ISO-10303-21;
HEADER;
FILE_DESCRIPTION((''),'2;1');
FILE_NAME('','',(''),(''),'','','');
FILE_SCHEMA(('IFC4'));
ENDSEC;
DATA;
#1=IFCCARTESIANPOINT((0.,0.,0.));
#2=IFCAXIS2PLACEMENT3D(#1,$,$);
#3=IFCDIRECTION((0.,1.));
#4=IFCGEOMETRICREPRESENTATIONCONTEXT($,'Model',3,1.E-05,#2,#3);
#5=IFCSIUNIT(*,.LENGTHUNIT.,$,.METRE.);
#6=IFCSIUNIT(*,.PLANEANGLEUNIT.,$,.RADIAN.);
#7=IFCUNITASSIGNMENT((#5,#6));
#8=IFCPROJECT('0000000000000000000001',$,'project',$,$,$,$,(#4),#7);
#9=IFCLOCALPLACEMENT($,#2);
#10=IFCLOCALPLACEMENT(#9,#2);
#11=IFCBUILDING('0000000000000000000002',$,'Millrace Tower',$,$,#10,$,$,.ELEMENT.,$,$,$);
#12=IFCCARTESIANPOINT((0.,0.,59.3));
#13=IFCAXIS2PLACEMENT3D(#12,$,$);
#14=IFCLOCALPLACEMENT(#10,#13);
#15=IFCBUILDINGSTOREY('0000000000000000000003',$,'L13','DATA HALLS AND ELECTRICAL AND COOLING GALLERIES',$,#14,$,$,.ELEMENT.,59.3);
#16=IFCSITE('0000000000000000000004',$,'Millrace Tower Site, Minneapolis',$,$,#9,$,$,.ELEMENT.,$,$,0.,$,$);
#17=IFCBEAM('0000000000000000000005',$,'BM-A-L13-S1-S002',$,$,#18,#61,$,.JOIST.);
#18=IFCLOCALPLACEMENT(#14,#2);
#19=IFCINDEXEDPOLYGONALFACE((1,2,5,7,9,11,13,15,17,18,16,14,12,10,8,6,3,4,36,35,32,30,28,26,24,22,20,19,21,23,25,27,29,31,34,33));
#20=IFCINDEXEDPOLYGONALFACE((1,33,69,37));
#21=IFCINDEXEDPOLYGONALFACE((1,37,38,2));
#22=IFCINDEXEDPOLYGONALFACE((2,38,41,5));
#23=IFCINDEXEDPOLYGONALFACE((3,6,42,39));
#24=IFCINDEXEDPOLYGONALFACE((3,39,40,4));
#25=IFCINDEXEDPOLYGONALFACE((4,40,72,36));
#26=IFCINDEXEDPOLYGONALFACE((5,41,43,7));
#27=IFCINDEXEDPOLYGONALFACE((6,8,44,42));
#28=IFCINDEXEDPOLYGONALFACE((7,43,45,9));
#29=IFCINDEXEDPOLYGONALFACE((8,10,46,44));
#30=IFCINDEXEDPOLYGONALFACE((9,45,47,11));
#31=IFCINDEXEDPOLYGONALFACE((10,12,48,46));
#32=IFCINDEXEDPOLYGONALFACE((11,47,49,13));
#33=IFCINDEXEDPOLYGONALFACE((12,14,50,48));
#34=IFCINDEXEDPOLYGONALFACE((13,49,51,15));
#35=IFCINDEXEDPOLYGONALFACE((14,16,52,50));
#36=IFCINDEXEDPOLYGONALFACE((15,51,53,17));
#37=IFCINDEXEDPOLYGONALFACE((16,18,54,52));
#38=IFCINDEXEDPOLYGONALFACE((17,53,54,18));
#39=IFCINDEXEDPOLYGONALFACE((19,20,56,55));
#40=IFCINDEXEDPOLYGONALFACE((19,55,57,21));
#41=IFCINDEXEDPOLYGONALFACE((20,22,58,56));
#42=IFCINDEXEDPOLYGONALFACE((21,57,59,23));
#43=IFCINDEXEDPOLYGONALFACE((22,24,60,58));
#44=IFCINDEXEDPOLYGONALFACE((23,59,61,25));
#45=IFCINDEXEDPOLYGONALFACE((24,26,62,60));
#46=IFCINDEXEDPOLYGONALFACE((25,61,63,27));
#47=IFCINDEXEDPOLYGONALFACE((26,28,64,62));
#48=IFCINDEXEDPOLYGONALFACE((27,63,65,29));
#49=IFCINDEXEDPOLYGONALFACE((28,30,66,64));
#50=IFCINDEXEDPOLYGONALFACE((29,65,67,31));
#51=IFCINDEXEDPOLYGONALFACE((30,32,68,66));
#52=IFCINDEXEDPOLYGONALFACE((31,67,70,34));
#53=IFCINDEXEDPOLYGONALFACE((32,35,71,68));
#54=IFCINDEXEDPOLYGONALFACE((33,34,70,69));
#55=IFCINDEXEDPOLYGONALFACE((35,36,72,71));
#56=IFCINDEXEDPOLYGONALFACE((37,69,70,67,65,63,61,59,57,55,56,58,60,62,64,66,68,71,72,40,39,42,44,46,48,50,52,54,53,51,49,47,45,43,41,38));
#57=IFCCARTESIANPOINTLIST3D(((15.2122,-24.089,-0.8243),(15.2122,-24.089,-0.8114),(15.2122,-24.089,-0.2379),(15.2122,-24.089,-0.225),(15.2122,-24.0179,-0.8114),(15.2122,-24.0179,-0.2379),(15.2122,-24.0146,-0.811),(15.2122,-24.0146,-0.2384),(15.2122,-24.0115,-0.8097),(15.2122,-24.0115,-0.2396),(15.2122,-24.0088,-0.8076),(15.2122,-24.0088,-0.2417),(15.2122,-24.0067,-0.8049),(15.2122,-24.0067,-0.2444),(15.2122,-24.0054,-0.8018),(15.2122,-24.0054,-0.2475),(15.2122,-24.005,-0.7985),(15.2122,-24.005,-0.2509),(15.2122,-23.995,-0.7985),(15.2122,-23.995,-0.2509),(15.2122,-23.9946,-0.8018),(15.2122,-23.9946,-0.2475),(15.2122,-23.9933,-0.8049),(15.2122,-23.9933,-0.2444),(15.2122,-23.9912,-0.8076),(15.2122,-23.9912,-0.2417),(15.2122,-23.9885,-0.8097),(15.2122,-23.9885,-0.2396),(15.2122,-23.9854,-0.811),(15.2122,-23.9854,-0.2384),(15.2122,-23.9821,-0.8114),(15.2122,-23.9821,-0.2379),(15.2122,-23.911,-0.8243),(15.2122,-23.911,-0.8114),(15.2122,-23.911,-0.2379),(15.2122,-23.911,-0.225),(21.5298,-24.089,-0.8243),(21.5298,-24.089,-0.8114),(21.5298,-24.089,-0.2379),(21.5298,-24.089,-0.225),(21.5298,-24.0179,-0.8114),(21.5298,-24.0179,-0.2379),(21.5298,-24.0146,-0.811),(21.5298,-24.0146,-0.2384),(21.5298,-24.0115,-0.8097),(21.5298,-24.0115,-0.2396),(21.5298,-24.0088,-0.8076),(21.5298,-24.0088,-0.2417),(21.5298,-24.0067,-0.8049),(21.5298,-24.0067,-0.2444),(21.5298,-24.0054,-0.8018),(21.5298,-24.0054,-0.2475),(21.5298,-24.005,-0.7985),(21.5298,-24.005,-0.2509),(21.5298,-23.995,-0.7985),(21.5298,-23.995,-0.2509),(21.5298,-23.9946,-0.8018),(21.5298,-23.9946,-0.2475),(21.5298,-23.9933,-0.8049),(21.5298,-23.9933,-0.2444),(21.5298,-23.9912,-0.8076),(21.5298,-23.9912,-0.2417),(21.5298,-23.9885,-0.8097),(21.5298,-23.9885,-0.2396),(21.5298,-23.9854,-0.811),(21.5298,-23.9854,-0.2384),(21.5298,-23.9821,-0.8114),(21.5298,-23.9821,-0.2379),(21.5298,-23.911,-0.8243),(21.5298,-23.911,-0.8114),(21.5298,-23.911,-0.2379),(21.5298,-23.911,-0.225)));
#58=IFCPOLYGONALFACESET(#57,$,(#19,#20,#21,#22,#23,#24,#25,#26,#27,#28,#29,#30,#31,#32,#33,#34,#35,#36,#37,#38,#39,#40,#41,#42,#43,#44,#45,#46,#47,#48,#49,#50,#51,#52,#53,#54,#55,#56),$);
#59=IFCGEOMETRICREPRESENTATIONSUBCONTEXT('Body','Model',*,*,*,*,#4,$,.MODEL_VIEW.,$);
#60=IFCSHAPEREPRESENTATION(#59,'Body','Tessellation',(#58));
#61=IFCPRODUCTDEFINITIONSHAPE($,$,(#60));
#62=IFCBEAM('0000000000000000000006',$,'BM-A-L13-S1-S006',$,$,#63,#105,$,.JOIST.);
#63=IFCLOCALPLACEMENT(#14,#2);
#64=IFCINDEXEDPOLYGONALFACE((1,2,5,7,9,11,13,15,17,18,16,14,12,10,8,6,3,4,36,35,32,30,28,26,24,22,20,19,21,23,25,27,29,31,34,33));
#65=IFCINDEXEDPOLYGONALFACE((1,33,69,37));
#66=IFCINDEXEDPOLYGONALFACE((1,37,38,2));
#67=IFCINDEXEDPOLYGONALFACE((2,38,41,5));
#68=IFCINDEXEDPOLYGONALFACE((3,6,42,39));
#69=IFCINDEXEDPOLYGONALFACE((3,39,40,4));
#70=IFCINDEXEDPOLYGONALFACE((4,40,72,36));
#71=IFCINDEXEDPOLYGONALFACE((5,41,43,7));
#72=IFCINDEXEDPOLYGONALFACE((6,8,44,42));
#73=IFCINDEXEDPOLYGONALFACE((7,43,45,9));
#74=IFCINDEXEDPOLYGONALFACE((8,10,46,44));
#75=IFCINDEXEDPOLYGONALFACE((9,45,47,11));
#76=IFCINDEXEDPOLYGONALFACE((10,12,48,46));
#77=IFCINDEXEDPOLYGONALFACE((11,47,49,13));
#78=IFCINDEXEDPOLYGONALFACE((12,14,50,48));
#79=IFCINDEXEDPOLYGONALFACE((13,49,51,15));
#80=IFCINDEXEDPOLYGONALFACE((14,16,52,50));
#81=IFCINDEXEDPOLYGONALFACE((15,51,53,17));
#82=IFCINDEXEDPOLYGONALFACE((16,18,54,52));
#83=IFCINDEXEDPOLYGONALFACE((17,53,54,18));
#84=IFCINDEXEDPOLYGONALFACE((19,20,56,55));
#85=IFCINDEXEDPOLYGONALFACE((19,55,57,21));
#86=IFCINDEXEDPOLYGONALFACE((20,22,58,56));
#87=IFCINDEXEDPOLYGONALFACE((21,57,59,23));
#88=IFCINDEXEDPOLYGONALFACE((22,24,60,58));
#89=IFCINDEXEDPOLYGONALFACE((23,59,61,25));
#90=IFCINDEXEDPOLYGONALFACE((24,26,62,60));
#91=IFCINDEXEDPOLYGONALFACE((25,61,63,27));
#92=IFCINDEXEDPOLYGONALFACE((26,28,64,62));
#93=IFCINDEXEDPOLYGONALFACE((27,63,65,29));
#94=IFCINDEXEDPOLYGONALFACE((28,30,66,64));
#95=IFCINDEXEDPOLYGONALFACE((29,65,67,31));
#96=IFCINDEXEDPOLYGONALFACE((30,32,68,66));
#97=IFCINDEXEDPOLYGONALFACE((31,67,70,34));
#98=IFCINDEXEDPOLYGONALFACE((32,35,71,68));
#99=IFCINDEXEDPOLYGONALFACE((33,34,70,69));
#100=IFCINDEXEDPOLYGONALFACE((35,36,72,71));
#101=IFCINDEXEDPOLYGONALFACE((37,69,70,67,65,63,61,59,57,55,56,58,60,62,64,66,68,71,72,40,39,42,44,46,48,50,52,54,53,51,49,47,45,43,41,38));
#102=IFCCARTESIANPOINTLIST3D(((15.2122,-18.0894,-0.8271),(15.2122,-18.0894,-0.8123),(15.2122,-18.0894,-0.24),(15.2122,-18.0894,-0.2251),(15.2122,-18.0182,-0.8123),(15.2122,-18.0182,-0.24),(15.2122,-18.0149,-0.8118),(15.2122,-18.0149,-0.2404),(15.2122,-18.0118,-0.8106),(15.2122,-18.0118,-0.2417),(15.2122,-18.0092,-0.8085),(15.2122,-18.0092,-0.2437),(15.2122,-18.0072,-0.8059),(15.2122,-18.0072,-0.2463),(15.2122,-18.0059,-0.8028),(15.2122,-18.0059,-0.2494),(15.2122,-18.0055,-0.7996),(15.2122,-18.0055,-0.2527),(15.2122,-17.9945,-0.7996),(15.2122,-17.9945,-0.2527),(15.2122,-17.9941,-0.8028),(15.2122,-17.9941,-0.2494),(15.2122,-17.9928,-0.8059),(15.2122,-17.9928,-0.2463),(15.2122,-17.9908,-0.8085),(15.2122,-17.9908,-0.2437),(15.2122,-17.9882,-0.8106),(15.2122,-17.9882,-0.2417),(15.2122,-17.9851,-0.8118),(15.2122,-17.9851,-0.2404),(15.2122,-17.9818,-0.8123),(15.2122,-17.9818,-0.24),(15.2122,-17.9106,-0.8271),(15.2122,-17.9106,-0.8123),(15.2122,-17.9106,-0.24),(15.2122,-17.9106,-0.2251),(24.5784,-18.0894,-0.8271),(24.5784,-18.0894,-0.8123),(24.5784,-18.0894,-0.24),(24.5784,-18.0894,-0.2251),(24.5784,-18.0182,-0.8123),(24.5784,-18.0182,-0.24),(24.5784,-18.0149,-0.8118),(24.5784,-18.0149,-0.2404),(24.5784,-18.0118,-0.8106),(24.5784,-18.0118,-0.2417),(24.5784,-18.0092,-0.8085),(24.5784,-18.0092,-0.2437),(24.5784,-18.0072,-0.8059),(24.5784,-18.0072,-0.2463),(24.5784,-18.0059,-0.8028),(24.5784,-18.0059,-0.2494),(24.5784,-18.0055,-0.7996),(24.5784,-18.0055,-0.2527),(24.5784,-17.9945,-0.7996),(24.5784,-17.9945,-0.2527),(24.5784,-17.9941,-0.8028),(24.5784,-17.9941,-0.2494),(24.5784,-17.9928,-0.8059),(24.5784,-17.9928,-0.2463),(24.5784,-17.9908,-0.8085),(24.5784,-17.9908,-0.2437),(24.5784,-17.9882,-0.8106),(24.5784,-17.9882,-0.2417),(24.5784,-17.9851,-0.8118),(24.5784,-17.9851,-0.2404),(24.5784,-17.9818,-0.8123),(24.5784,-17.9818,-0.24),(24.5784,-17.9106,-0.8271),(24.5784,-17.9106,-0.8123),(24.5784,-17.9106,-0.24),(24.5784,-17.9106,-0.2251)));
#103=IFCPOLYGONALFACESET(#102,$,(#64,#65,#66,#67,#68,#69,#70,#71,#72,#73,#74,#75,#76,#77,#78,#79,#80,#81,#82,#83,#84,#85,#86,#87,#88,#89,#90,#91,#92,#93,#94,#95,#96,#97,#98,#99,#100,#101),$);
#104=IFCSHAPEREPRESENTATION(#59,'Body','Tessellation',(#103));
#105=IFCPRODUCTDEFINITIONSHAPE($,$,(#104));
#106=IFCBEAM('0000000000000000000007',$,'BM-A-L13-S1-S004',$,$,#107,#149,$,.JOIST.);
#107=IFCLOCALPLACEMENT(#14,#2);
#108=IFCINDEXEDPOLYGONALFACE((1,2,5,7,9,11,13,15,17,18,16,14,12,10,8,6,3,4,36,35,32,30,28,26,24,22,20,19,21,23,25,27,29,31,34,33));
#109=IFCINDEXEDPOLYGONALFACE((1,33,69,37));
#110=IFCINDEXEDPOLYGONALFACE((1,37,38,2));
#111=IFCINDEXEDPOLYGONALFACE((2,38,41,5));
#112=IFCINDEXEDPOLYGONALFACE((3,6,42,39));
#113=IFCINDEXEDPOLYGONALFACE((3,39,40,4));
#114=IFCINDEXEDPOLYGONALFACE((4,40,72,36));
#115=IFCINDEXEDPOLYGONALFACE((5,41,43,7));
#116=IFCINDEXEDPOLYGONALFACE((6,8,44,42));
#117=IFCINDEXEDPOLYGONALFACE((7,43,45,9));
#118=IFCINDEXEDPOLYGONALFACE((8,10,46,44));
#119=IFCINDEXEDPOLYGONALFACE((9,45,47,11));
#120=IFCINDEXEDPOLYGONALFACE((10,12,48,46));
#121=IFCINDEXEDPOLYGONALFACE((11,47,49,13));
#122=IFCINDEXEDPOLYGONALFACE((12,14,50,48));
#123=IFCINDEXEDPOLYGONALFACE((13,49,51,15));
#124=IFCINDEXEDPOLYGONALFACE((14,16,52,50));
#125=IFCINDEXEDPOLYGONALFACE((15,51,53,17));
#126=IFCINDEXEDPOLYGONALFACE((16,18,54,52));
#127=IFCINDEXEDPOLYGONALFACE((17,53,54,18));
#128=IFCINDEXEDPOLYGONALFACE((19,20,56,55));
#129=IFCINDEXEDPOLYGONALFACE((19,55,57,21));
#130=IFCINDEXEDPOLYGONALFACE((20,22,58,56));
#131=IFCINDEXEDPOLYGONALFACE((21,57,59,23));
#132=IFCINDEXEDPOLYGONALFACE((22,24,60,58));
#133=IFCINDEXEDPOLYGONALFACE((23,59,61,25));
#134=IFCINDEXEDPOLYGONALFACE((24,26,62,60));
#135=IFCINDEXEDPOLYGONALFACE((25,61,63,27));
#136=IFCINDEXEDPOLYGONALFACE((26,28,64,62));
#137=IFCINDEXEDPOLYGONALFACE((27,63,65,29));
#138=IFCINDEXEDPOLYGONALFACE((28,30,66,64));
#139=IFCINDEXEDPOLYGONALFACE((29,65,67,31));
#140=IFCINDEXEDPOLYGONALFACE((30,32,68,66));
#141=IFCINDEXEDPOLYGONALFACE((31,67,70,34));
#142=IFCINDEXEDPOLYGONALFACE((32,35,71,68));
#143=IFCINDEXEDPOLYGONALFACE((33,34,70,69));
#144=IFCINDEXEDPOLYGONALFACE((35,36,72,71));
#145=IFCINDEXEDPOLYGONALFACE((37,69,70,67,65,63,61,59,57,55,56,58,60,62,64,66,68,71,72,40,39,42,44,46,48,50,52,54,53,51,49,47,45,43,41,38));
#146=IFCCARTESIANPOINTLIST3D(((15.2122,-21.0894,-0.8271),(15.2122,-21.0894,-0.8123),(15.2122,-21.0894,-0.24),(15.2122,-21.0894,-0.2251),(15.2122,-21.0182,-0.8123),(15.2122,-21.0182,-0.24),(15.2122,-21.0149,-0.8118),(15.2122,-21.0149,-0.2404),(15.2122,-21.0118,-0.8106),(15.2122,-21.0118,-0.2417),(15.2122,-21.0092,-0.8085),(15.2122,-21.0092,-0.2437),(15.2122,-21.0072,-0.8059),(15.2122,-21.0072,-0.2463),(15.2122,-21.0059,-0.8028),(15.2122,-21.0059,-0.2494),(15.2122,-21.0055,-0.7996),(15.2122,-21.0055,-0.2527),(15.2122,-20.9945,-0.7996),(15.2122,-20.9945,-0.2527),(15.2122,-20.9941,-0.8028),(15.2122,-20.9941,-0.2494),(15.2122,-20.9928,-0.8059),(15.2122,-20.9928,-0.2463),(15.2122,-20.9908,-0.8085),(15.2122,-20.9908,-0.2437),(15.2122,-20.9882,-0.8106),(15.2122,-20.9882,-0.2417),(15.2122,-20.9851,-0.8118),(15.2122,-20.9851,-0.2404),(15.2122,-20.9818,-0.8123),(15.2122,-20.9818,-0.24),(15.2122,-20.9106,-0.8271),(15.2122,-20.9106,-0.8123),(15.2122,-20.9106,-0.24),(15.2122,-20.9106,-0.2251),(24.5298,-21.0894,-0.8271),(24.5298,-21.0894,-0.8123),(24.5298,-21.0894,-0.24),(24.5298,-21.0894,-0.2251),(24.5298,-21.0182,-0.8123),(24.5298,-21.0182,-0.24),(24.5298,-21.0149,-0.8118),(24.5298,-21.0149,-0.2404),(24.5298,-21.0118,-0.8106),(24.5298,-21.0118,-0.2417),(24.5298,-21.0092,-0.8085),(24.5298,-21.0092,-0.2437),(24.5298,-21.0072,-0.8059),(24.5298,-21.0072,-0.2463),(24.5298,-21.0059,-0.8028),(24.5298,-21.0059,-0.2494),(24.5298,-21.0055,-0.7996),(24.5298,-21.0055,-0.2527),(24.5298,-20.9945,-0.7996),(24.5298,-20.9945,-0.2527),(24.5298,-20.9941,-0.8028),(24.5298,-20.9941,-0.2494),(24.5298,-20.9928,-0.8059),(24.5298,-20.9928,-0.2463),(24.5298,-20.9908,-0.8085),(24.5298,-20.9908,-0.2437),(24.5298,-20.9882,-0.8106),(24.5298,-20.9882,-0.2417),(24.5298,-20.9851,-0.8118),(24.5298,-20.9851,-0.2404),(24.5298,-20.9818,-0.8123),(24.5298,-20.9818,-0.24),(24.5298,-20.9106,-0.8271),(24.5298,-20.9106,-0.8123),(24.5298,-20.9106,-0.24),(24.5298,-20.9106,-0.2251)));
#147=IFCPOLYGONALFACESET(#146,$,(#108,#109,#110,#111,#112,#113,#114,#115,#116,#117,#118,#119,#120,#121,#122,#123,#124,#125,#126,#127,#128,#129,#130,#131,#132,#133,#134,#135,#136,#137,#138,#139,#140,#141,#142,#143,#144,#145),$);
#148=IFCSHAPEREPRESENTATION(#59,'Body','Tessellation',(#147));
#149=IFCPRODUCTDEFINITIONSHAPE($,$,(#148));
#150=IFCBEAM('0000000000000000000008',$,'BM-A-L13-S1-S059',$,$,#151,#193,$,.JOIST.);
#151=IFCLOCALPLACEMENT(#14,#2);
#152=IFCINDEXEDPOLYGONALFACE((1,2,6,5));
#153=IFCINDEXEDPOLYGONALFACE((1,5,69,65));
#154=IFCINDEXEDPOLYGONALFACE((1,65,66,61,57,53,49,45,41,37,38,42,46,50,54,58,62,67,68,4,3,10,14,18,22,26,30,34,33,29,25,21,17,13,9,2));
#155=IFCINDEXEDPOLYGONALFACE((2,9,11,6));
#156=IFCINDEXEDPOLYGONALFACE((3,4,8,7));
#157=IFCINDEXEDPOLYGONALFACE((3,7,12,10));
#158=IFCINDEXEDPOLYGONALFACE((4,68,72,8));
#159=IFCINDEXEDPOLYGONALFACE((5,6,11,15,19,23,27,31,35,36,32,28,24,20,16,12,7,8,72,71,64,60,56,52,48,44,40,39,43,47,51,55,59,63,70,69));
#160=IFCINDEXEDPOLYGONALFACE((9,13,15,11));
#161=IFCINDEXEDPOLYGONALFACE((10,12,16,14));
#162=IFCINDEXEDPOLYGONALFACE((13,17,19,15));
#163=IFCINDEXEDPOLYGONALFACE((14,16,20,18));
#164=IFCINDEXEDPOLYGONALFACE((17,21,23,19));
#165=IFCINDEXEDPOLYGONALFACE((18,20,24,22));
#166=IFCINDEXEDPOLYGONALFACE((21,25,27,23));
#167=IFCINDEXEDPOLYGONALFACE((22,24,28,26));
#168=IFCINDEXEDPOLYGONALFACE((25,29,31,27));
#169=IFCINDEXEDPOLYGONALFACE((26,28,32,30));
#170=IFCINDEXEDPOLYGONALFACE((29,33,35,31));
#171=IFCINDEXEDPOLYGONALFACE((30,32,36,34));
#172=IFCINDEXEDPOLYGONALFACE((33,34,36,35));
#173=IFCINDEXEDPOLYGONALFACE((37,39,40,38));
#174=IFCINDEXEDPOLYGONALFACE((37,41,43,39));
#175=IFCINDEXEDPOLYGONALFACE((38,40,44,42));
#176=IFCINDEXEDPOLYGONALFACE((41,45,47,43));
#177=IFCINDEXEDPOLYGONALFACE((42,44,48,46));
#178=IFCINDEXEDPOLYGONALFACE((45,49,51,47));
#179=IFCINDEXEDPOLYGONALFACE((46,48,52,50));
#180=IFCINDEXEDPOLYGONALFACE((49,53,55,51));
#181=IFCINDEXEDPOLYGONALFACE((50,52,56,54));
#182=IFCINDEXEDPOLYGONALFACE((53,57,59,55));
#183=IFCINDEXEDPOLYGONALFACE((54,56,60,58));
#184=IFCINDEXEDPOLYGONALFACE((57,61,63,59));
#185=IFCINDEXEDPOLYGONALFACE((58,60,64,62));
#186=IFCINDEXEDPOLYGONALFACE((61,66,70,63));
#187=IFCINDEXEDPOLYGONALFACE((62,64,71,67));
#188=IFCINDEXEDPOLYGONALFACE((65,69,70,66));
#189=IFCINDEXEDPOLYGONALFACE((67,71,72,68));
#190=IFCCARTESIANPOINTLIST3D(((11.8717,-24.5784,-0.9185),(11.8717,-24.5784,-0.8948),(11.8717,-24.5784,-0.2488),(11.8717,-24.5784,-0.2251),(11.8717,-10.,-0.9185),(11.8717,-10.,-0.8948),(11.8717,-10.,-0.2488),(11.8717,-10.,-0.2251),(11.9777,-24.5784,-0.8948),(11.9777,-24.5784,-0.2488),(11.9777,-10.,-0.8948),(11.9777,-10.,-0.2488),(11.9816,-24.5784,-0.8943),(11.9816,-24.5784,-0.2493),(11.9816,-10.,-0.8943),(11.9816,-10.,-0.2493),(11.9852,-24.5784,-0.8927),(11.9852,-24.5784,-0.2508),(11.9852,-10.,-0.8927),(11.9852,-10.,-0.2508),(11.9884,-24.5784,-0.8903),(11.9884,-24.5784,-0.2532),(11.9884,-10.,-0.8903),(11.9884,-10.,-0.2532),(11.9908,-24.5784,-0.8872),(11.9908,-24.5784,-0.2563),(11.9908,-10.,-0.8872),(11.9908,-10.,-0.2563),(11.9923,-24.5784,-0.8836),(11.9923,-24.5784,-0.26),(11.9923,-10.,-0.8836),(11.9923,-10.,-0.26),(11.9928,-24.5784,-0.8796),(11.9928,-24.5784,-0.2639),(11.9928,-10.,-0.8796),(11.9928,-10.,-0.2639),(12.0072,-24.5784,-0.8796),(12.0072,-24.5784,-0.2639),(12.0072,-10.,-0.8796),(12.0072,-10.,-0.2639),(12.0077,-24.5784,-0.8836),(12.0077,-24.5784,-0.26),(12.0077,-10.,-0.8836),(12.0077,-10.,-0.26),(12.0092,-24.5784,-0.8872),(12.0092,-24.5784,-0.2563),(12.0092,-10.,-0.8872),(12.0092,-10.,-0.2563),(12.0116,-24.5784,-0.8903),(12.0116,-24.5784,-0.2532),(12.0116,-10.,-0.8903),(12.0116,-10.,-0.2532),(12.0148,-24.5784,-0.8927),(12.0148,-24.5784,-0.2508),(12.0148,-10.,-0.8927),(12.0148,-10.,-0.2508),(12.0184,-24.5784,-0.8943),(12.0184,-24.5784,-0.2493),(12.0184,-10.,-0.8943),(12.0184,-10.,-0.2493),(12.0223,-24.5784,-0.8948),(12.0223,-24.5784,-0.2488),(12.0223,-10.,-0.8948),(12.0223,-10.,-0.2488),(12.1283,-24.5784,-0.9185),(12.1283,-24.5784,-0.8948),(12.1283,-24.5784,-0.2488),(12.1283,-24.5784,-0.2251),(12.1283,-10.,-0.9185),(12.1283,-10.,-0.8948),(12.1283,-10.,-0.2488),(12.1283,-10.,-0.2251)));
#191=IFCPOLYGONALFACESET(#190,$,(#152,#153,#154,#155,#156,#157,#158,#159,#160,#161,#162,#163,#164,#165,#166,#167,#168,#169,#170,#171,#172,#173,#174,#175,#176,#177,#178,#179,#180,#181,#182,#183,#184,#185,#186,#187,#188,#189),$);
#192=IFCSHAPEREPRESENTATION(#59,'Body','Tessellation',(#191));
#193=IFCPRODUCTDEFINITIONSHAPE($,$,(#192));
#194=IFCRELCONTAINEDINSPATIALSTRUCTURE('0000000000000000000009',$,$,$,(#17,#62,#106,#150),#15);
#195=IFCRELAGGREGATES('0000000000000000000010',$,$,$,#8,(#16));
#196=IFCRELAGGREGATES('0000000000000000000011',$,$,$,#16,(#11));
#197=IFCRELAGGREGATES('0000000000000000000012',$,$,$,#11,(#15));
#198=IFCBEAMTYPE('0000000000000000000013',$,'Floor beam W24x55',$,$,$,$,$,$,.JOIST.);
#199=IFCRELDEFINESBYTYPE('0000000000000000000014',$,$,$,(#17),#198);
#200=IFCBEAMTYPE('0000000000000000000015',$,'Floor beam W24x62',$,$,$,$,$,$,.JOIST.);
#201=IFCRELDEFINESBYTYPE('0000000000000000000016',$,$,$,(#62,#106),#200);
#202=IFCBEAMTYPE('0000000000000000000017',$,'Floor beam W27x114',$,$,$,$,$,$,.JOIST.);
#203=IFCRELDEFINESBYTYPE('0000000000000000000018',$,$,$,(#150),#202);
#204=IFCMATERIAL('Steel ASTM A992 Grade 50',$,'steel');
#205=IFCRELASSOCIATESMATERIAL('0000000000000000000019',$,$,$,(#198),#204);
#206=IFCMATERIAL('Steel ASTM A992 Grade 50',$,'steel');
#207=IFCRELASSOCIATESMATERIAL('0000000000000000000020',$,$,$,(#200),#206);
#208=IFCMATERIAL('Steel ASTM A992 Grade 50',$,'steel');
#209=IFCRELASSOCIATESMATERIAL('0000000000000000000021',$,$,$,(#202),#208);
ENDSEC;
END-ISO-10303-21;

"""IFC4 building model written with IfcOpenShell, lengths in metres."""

from ifc_helpers import new_model, si_unit, direction, frame, origin, origin_2d, place, context, subcontext, project, spatial, i_section, extrude, material, material_profile, profile_set, type_object, element, save


model = new_model("IFC4")

# Units and contexts
model_context = context("Model", 3, precision=1e-05, world=origin(), true_north=direction((0.0, 1.0)))
body_context = subcontext(model_context, "Body", "Model", "MODEL_VIEW")
ifc_project = project(units=[si_unit("LENGTHUNIT", "METRE"), si_unit("PLANEANGLEUNIT", "RADIAN")], contexts=[model_context])

# Site, building, storey
site_placement = place(None, origin())
site = spatial("IfcSite", under=ifc_project, at=site_placement, Name="Millrace Tower Site, Minneapolis", CompositionType="ELEMENT", RefElevation=0.0)
building_placement = place(site_placement, origin())
building = spatial("IfcBuilding", under=site, at=building_placement, Name="Millrace Tower", CompositionType="ELEMENT")
storey_placement = place(building_placement, frame((0.0, 0.0, 59.3)))
storey = spatial("IfcBuildingStorey", under=building, at=storey_placement, Name="L13", Description="DATA HALLS AND ELECTRICAL AND COOLING GALLERIES", CompositionType="ELEMENT", Elevation=59.3)

# Beams
ifc_material_1 = material(Name="Steel ASTM A992 Grade 50", Category="steel")
ifc_material_profile_1 = material_profile(ifc_material_1, i_section(OverallWidth=0.178, OverallDepth=0.5994, WebThickness=0.01, FlangeThickness=0.0129, FilletRadius=0.0129, at=origin_2d()))
ifc_profile_set_1 = profile_set([ifc_material_profile_1], Name="Steel ASTM A992 Grade 50")
beam_type_1 = type_object("IfcBeamType", Name="Floor beam W24x55", PredefinedType="JOIST", material=ifc_profile_set_1)
beam_1_placement = place(storey_placement, frame((15.2122, -24.0, -0.5247), z_axis=(1.0, 0.0, 0.0), x_axis=(0.0, 1.0, 0.0)))
element("IfcBeam", 1, at=beam_1_placement, inside=storey, type_object=beam_type_1, Name="BM-A-L13-S1-S002", PredefinedType="JOIST", context=body_context, shape_type="SweptSolid", body=[
    extrude(i_section(OverallWidth=0.178, OverallDepth=0.5994, WebThickness=0.01, FlangeThickness=0.0129, FilletRadius=0.0129, at=origin_2d()), origin(), (0.0, 0.0, 1.0), 6.3176),
])
ifc_material_2 = material(Name="Steel ASTM A992 Grade 50", Category="steel")
ifc_material_profile_2 = material_profile(ifc_material_2, i_section(OverallWidth=0.1787, OverallDepth=0.6021, WebThickness=0.011, FlangeThickness=0.0149, FilletRadius=0.0127, at=origin_2d()))
ifc_profile_set_2 = profile_set([ifc_material_profile_2], Name="Steel ASTM A992 Grade 50")
beam_type_2 = type_object("IfcBeamType", Name="Floor beam W24x62", PredefinedType="JOIST", material=ifc_profile_set_2)
beam_2_placement = place(storey_placement, frame((15.2122, -18.0, -0.5261), z_axis=(1.0, 0.0, 0.0), x_axis=(0.0, 1.0, 0.0)))
element("IfcBeam", 2, at=beam_2_placement, inside=storey, type_object=beam_type_2, Name="BM-A-L13-S1-S006", PredefinedType="JOIST", context=body_context, shape_type="SweptSolid", body=[
    extrude(i_section(OverallWidth=0.1787, OverallDepth=0.6021, WebThickness=0.011, FlangeThickness=0.0149, FilletRadius=0.0127, at=origin_2d()), origin(), (0.0, 0.0, 1.0), 9.3662),
])
beam_3_placement = place(storey_placement, frame((15.2122, -21.0, -0.5261), z_axis=(1.0, 0.0, 0.0), x_axis=(0.0, 1.0, 0.0)))
element("IfcBeam", 3, at=beam_3_placement, inside=storey, type_object=beam_type_2, Name="BM-A-L13-S1-S004", PredefinedType="JOIST", context=body_context, shape_type="SweptSolid", body=[
    extrude(i_section(OverallWidth=0.1787, OverallDepth=0.6021, WebThickness=0.011, FlangeThickness=0.0149, FilletRadius=0.0127, at=origin_2d()), origin(), (0.0, 0.0, 1.0), 9.3176),
])
ifc_material_3 = material(Name="Steel ASTM A992 Grade 50", Category="steel")
ifc_material_profile_3 = material_profile(ifc_material_3, i_section(OverallWidth=0.2566, OverallDepth=0.6934, WebThickness=0.0144, FlangeThickness=0.0237, FilletRadius=0.0151, at=origin_2d()))
ifc_profile_set_3 = profile_set([ifc_material_profile_3], Name="Steel ASTM A992 Grade 50")
beam_type_3 = type_object("IfcBeamType", Name="Floor beam W27x114", PredefinedType="JOIST", material=ifc_profile_set_3)
beam_4_placement = place(storey_placement, frame((12.0, -24.5784, -0.5718), z_axis=(0.0, 1.0, 0.0), x_axis=(-1.0, 0.0, 0.0)))
element("IfcBeam", 4, at=beam_4_placement, inside=storey, type_object=beam_type_3, Name="BM-A-L13-S1-S059", PredefinedType="JOIST", context=body_context, shape_type="SweptSolid", body=[
    extrude(i_section(OverallWidth=0.2566, OverallDepth=0.6934, WebThickness=0.0144, FlangeThickness=0.0237, FilletRadius=0.0151, at=origin_2d()), origin(), (0.0, 0.0, 1.0), 14.5784),
])

save(model, "model.ifc")
